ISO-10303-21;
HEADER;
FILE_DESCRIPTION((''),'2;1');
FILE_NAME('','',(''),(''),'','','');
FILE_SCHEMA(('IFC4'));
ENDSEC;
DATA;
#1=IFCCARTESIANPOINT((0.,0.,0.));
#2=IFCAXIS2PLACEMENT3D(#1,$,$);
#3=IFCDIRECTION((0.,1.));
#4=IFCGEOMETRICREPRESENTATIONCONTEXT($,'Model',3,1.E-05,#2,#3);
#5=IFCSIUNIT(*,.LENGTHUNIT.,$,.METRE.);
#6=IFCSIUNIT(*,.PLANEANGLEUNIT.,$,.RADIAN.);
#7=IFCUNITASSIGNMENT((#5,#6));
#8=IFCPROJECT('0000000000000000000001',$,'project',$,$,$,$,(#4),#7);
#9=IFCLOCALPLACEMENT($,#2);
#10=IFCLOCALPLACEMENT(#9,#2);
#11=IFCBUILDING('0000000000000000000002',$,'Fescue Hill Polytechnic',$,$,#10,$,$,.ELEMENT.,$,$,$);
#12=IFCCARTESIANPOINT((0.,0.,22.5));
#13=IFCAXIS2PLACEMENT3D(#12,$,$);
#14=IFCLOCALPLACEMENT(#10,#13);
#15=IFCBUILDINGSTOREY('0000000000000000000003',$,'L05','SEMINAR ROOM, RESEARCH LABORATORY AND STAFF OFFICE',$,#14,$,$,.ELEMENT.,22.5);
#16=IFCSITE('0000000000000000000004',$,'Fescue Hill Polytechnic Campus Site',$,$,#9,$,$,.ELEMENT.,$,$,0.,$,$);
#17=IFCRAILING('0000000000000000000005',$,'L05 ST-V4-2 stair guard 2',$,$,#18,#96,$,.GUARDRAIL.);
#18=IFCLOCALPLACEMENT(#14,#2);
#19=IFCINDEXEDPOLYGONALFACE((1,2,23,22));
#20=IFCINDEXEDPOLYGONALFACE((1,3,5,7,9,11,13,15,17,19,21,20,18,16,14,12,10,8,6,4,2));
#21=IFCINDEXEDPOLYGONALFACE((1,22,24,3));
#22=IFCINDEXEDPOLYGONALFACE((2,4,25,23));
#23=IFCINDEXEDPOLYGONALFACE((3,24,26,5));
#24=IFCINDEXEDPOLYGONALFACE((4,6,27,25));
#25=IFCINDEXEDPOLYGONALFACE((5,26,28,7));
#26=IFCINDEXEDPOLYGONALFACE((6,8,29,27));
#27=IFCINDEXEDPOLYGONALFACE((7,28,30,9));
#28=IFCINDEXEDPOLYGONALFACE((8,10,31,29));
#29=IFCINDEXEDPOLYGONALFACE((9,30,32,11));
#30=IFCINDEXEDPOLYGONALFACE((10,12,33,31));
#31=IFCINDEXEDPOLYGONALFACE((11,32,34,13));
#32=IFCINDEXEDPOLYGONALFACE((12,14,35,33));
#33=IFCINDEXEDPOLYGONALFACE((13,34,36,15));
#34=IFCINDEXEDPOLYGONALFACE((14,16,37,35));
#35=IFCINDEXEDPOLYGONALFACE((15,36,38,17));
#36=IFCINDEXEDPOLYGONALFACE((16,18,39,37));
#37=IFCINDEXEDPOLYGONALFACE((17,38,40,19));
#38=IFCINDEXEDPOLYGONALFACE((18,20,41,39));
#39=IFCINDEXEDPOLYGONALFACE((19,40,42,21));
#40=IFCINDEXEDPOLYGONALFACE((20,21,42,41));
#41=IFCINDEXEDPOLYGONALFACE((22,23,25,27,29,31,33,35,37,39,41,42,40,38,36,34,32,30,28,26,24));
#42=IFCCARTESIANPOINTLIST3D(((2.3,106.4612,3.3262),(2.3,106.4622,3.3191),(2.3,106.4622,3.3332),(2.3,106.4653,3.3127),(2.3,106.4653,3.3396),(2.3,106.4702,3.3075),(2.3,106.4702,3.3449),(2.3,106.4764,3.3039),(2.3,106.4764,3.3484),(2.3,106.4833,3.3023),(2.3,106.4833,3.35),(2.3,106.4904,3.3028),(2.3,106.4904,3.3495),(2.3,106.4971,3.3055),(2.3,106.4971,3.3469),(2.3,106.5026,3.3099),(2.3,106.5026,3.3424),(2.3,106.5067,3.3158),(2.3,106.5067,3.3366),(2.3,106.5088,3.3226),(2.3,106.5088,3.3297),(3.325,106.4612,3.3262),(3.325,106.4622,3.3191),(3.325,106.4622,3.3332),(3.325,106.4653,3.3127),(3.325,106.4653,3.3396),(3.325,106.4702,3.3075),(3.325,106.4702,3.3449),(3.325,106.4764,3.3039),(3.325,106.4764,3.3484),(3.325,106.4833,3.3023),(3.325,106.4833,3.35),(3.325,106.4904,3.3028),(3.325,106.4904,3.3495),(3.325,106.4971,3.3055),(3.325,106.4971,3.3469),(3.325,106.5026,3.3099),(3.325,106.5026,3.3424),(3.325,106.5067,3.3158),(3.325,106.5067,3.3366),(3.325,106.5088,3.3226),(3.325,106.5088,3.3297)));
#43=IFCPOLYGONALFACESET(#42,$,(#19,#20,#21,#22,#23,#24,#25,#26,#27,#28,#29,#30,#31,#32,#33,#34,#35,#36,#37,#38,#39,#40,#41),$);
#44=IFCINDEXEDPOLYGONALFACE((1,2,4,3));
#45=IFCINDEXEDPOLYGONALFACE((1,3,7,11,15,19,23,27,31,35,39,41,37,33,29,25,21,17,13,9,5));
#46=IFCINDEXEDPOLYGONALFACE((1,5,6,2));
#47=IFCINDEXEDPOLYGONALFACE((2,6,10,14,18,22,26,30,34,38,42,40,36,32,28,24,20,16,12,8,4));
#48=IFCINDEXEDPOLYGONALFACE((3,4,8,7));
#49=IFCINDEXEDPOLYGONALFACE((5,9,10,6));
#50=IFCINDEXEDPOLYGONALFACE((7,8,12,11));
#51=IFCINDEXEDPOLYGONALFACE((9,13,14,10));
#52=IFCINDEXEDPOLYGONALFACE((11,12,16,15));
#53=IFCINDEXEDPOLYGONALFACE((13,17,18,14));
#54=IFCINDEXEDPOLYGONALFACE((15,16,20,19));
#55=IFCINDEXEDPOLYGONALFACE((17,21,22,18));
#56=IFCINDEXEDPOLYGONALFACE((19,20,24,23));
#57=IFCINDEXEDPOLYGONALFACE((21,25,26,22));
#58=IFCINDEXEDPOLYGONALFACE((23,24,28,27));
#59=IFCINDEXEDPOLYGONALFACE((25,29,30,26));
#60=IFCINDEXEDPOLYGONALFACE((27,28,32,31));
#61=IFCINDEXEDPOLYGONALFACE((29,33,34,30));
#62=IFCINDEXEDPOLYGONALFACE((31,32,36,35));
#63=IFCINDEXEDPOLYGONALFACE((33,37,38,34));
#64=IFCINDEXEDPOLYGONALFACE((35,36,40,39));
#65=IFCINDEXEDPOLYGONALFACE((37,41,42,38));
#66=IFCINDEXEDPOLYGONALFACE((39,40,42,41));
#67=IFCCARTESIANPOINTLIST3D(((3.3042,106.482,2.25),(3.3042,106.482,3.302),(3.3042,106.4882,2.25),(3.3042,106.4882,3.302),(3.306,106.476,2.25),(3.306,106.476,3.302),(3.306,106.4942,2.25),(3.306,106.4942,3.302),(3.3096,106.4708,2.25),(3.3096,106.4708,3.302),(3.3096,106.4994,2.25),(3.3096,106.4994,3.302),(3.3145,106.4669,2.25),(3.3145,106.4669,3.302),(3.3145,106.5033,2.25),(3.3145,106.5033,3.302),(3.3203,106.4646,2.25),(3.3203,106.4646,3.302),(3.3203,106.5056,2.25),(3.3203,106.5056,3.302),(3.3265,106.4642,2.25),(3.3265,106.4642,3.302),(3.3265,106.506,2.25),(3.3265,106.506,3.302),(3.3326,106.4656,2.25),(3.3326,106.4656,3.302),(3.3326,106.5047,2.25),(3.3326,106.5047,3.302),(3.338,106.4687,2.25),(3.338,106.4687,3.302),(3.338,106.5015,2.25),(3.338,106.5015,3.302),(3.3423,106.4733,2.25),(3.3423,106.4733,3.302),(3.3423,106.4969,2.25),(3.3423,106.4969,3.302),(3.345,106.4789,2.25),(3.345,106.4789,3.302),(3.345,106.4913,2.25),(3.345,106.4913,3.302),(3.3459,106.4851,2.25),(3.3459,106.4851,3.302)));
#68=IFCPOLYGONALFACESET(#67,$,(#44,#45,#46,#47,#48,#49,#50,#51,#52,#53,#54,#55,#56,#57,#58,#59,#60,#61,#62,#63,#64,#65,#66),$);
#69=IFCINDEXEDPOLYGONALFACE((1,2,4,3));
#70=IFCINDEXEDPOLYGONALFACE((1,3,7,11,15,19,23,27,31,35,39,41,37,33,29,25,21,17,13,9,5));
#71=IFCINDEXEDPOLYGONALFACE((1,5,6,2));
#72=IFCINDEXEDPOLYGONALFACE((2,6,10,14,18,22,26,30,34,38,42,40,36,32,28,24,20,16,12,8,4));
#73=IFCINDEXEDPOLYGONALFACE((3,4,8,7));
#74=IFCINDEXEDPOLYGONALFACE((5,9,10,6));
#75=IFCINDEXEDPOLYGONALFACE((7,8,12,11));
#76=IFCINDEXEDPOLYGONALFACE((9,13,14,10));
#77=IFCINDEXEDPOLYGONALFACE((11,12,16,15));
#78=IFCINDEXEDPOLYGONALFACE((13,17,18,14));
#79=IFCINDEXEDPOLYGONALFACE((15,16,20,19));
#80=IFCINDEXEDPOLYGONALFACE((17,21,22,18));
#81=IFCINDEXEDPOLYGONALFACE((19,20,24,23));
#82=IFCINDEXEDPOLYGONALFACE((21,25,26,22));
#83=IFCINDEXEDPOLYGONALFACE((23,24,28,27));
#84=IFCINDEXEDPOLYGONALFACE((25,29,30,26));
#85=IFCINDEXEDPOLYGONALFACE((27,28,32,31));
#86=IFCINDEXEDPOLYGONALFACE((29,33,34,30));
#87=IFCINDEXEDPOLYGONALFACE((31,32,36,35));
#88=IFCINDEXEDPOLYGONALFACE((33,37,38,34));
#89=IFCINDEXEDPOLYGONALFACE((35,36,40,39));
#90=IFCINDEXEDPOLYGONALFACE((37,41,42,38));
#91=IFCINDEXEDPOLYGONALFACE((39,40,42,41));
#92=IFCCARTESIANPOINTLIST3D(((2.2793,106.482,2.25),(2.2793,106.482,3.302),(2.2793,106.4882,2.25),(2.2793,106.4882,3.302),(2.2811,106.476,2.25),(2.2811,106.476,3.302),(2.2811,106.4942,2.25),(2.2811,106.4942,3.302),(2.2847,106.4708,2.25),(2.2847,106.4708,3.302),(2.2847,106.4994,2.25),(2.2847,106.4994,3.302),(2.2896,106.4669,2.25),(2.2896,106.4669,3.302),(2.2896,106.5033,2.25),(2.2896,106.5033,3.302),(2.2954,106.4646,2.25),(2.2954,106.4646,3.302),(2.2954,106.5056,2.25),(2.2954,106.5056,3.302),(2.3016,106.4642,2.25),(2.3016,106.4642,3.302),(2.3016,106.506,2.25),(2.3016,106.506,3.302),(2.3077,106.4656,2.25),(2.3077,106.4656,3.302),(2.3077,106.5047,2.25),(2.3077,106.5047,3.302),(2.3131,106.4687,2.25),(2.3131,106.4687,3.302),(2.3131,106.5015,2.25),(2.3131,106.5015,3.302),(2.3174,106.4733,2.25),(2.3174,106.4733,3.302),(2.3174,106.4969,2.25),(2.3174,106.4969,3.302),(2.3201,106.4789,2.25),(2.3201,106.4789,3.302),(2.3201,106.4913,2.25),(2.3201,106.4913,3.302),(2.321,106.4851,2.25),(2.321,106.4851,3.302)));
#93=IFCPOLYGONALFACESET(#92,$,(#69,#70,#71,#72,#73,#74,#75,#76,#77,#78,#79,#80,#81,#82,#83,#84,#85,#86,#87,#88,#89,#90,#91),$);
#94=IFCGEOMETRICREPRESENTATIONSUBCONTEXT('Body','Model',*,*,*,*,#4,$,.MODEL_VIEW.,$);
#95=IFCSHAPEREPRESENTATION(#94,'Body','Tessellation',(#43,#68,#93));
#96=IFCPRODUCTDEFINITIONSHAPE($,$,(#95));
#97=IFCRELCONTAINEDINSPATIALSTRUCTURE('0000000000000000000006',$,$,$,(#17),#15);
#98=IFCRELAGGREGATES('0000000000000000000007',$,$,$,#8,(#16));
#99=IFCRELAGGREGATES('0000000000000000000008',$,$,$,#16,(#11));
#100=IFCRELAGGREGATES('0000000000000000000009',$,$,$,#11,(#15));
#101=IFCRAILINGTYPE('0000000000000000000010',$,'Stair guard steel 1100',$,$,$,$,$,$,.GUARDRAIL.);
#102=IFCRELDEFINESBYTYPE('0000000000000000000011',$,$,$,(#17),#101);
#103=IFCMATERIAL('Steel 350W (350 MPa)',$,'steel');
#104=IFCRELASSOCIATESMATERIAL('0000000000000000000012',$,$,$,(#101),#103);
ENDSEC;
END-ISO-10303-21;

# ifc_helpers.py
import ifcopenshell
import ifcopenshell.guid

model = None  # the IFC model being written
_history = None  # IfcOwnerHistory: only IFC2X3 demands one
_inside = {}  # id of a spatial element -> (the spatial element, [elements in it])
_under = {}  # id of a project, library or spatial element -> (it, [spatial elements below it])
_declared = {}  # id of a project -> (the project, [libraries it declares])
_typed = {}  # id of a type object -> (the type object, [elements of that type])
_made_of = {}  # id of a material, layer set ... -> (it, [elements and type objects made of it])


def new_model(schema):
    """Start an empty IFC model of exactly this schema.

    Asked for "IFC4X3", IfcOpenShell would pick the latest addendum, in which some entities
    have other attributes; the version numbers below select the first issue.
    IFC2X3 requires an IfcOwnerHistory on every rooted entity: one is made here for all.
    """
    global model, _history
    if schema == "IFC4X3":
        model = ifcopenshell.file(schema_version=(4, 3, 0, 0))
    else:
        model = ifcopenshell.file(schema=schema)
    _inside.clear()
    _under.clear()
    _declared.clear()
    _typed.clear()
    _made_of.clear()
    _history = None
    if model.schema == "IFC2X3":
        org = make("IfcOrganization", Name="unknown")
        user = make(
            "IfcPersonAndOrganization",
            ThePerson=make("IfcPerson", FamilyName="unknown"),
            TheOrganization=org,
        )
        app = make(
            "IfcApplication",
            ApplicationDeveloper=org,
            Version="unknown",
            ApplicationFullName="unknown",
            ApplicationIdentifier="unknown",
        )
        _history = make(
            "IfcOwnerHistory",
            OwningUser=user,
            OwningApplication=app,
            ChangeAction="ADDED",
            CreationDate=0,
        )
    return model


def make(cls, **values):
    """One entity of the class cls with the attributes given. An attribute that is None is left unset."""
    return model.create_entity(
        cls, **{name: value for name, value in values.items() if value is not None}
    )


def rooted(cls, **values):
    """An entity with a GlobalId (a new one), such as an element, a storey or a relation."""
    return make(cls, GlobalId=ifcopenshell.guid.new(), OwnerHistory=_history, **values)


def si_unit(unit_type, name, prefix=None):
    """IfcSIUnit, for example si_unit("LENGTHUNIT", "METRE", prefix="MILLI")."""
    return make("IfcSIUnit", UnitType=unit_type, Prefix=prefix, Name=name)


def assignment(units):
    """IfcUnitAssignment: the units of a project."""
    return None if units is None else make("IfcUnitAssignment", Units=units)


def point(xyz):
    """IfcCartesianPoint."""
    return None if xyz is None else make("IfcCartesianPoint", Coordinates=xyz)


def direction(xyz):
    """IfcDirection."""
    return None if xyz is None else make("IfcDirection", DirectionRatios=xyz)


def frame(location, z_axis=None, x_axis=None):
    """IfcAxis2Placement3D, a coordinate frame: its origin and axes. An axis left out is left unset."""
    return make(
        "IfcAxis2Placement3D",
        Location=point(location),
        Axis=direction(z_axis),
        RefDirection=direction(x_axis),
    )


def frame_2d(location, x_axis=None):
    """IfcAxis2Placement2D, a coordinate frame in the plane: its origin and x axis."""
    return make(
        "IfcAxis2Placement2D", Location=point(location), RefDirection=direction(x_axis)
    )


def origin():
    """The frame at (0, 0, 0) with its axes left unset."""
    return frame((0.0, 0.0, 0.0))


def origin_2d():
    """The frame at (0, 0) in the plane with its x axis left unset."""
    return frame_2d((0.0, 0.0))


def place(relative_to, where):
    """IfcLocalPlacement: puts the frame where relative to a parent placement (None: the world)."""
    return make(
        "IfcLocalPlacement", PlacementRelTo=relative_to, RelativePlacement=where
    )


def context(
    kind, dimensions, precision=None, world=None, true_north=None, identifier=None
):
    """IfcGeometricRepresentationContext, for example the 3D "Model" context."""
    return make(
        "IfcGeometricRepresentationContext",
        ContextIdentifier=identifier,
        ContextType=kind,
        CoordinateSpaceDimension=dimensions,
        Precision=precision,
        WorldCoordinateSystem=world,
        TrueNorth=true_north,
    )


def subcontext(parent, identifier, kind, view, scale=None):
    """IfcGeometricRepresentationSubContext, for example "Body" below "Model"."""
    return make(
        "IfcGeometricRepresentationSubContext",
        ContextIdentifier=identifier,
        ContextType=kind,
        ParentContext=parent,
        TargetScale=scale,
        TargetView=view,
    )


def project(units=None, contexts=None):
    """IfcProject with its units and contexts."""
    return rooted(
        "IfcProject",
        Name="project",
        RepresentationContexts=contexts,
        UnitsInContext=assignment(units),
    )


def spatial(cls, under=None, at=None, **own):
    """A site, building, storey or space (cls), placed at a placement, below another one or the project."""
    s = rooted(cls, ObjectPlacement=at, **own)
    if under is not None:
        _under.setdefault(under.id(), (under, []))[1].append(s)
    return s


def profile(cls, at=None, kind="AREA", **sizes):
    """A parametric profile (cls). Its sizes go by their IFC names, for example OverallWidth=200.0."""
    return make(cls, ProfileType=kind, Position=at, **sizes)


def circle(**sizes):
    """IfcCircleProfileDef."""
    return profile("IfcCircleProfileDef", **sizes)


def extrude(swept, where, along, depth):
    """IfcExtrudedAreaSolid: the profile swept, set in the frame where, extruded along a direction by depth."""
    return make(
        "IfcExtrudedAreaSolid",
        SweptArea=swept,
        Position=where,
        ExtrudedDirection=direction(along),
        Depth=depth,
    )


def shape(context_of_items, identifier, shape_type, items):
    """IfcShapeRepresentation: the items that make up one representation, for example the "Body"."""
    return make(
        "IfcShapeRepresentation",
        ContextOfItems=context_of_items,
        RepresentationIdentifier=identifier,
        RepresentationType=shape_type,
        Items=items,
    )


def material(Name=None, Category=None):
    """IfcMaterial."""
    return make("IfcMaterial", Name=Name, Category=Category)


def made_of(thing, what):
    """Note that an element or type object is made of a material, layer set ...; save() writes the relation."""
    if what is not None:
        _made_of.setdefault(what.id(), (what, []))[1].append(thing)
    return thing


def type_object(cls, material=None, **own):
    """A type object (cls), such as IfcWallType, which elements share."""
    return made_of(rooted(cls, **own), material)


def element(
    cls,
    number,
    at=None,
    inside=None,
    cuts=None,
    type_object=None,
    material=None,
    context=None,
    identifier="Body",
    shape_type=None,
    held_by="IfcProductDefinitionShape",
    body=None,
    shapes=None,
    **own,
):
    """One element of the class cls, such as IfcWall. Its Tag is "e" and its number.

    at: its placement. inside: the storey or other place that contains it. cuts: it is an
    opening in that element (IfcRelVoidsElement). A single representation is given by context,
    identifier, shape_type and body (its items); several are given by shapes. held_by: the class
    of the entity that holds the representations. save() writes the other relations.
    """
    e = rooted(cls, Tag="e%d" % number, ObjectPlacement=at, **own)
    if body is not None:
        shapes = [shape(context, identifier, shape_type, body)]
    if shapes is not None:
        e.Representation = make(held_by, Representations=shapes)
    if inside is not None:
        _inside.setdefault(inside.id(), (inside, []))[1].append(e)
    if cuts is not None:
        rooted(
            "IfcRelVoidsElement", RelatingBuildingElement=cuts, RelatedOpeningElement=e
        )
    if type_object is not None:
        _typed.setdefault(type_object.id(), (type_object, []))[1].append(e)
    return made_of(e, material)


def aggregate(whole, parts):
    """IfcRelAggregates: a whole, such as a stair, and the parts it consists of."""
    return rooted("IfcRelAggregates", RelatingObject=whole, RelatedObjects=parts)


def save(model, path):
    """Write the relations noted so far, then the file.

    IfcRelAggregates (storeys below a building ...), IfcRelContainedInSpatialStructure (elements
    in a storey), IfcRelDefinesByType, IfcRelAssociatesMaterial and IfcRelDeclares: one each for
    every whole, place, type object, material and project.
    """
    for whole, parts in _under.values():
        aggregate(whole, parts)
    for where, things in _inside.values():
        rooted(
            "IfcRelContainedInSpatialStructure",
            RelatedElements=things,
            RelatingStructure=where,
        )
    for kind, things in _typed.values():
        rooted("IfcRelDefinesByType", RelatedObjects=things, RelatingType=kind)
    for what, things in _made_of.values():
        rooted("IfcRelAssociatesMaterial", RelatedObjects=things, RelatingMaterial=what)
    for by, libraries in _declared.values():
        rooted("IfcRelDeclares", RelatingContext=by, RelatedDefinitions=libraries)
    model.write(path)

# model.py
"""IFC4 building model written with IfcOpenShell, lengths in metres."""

from ifc_helpers import new_model, si_unit, direction, frame, origin, origin_2d, place, context, subcontext, project, spatial, circle, extrude, material, type_object, element, save


model = new_model("IFC4")

# Units and contexts
model_context = context("Model", 3, precision=1e-05, world=origin(), true_north=direction((0.0, 1.0)))
body_context = subcontext(model_context, "Body", "Model", "MODEL_VIEW")
ifc_project = project(units=[si_unit("LENGTHUNIT", "METRE"), si_unit("PLANEANGLEUNIT", "RADIAN")], contexts=[model_context])

# Site, building, storey
site_placement = place(None, origin())
site = spatial("IfcSite", under=ifc_project, at=site_placement, Name="Fescue Hill Polytechnic Campus Site", CompositionType="ELEMENT", RefElevation=0.0)
building_placement = place(site_placement, origin())
building = spatial("IfcBuilding", under=site, at=building_placement, Name="Fescue Hill Polytechnic", CompositionType="ELEMENT")
storey_placement = place(building_placement, frame((0.0, 0.0, 22.5)))
storey = spatial("IfcBuildingStorey", under=building, at=storey_placement, Name="L05", Description="SEMINAR ROOM, RESEARCH LABORATORY AND STAFF OFFICE", CompositionType="ELEMENT", Elevation=22.5)

# Railing
ifc_material_1 = material(Name="Steel 350W (350 MPa)", Category="steel")
railing_type_1 = type_object("IfcRailingType", Name="Stair guard steel 1100", PredefinedType="GUARDRAIL", material=ifc_material_1)
railing_1_placement = place(storey_placement, frame((3.325, 106.4851, 2.25)))
element("IfcRailing", 1, at=railing_1_placement, inside=storey, type_object=railing_type_1, Name="L05 ST-V4-2 stair guard 2", PredefinedType="GUARDRAIL", context=body_context, shape_type="SweptSolid", body=[
    extrude(circle(Radius=0.0239, at=origin_2d()), frame((0.0, 0.0, 1.0762), z_axis=(-1.0, 0.0, 0.0), x_axis=(0.0, -1.0, 0.0)), (0.0, 0.0, 1.0), 1.0249),
    extrude(circle(Radius=0.021, at=origin_2d()), origin(), (0.0, 0.0, 1.0), 1.052),
    extrude(circle(Radius=0.021, at=origin_2d()), frame((-1.0249, 0.0, 0.0)), (0.0, 0.0, 1.0), 1.052),
])

save(model, "model.ifc")
